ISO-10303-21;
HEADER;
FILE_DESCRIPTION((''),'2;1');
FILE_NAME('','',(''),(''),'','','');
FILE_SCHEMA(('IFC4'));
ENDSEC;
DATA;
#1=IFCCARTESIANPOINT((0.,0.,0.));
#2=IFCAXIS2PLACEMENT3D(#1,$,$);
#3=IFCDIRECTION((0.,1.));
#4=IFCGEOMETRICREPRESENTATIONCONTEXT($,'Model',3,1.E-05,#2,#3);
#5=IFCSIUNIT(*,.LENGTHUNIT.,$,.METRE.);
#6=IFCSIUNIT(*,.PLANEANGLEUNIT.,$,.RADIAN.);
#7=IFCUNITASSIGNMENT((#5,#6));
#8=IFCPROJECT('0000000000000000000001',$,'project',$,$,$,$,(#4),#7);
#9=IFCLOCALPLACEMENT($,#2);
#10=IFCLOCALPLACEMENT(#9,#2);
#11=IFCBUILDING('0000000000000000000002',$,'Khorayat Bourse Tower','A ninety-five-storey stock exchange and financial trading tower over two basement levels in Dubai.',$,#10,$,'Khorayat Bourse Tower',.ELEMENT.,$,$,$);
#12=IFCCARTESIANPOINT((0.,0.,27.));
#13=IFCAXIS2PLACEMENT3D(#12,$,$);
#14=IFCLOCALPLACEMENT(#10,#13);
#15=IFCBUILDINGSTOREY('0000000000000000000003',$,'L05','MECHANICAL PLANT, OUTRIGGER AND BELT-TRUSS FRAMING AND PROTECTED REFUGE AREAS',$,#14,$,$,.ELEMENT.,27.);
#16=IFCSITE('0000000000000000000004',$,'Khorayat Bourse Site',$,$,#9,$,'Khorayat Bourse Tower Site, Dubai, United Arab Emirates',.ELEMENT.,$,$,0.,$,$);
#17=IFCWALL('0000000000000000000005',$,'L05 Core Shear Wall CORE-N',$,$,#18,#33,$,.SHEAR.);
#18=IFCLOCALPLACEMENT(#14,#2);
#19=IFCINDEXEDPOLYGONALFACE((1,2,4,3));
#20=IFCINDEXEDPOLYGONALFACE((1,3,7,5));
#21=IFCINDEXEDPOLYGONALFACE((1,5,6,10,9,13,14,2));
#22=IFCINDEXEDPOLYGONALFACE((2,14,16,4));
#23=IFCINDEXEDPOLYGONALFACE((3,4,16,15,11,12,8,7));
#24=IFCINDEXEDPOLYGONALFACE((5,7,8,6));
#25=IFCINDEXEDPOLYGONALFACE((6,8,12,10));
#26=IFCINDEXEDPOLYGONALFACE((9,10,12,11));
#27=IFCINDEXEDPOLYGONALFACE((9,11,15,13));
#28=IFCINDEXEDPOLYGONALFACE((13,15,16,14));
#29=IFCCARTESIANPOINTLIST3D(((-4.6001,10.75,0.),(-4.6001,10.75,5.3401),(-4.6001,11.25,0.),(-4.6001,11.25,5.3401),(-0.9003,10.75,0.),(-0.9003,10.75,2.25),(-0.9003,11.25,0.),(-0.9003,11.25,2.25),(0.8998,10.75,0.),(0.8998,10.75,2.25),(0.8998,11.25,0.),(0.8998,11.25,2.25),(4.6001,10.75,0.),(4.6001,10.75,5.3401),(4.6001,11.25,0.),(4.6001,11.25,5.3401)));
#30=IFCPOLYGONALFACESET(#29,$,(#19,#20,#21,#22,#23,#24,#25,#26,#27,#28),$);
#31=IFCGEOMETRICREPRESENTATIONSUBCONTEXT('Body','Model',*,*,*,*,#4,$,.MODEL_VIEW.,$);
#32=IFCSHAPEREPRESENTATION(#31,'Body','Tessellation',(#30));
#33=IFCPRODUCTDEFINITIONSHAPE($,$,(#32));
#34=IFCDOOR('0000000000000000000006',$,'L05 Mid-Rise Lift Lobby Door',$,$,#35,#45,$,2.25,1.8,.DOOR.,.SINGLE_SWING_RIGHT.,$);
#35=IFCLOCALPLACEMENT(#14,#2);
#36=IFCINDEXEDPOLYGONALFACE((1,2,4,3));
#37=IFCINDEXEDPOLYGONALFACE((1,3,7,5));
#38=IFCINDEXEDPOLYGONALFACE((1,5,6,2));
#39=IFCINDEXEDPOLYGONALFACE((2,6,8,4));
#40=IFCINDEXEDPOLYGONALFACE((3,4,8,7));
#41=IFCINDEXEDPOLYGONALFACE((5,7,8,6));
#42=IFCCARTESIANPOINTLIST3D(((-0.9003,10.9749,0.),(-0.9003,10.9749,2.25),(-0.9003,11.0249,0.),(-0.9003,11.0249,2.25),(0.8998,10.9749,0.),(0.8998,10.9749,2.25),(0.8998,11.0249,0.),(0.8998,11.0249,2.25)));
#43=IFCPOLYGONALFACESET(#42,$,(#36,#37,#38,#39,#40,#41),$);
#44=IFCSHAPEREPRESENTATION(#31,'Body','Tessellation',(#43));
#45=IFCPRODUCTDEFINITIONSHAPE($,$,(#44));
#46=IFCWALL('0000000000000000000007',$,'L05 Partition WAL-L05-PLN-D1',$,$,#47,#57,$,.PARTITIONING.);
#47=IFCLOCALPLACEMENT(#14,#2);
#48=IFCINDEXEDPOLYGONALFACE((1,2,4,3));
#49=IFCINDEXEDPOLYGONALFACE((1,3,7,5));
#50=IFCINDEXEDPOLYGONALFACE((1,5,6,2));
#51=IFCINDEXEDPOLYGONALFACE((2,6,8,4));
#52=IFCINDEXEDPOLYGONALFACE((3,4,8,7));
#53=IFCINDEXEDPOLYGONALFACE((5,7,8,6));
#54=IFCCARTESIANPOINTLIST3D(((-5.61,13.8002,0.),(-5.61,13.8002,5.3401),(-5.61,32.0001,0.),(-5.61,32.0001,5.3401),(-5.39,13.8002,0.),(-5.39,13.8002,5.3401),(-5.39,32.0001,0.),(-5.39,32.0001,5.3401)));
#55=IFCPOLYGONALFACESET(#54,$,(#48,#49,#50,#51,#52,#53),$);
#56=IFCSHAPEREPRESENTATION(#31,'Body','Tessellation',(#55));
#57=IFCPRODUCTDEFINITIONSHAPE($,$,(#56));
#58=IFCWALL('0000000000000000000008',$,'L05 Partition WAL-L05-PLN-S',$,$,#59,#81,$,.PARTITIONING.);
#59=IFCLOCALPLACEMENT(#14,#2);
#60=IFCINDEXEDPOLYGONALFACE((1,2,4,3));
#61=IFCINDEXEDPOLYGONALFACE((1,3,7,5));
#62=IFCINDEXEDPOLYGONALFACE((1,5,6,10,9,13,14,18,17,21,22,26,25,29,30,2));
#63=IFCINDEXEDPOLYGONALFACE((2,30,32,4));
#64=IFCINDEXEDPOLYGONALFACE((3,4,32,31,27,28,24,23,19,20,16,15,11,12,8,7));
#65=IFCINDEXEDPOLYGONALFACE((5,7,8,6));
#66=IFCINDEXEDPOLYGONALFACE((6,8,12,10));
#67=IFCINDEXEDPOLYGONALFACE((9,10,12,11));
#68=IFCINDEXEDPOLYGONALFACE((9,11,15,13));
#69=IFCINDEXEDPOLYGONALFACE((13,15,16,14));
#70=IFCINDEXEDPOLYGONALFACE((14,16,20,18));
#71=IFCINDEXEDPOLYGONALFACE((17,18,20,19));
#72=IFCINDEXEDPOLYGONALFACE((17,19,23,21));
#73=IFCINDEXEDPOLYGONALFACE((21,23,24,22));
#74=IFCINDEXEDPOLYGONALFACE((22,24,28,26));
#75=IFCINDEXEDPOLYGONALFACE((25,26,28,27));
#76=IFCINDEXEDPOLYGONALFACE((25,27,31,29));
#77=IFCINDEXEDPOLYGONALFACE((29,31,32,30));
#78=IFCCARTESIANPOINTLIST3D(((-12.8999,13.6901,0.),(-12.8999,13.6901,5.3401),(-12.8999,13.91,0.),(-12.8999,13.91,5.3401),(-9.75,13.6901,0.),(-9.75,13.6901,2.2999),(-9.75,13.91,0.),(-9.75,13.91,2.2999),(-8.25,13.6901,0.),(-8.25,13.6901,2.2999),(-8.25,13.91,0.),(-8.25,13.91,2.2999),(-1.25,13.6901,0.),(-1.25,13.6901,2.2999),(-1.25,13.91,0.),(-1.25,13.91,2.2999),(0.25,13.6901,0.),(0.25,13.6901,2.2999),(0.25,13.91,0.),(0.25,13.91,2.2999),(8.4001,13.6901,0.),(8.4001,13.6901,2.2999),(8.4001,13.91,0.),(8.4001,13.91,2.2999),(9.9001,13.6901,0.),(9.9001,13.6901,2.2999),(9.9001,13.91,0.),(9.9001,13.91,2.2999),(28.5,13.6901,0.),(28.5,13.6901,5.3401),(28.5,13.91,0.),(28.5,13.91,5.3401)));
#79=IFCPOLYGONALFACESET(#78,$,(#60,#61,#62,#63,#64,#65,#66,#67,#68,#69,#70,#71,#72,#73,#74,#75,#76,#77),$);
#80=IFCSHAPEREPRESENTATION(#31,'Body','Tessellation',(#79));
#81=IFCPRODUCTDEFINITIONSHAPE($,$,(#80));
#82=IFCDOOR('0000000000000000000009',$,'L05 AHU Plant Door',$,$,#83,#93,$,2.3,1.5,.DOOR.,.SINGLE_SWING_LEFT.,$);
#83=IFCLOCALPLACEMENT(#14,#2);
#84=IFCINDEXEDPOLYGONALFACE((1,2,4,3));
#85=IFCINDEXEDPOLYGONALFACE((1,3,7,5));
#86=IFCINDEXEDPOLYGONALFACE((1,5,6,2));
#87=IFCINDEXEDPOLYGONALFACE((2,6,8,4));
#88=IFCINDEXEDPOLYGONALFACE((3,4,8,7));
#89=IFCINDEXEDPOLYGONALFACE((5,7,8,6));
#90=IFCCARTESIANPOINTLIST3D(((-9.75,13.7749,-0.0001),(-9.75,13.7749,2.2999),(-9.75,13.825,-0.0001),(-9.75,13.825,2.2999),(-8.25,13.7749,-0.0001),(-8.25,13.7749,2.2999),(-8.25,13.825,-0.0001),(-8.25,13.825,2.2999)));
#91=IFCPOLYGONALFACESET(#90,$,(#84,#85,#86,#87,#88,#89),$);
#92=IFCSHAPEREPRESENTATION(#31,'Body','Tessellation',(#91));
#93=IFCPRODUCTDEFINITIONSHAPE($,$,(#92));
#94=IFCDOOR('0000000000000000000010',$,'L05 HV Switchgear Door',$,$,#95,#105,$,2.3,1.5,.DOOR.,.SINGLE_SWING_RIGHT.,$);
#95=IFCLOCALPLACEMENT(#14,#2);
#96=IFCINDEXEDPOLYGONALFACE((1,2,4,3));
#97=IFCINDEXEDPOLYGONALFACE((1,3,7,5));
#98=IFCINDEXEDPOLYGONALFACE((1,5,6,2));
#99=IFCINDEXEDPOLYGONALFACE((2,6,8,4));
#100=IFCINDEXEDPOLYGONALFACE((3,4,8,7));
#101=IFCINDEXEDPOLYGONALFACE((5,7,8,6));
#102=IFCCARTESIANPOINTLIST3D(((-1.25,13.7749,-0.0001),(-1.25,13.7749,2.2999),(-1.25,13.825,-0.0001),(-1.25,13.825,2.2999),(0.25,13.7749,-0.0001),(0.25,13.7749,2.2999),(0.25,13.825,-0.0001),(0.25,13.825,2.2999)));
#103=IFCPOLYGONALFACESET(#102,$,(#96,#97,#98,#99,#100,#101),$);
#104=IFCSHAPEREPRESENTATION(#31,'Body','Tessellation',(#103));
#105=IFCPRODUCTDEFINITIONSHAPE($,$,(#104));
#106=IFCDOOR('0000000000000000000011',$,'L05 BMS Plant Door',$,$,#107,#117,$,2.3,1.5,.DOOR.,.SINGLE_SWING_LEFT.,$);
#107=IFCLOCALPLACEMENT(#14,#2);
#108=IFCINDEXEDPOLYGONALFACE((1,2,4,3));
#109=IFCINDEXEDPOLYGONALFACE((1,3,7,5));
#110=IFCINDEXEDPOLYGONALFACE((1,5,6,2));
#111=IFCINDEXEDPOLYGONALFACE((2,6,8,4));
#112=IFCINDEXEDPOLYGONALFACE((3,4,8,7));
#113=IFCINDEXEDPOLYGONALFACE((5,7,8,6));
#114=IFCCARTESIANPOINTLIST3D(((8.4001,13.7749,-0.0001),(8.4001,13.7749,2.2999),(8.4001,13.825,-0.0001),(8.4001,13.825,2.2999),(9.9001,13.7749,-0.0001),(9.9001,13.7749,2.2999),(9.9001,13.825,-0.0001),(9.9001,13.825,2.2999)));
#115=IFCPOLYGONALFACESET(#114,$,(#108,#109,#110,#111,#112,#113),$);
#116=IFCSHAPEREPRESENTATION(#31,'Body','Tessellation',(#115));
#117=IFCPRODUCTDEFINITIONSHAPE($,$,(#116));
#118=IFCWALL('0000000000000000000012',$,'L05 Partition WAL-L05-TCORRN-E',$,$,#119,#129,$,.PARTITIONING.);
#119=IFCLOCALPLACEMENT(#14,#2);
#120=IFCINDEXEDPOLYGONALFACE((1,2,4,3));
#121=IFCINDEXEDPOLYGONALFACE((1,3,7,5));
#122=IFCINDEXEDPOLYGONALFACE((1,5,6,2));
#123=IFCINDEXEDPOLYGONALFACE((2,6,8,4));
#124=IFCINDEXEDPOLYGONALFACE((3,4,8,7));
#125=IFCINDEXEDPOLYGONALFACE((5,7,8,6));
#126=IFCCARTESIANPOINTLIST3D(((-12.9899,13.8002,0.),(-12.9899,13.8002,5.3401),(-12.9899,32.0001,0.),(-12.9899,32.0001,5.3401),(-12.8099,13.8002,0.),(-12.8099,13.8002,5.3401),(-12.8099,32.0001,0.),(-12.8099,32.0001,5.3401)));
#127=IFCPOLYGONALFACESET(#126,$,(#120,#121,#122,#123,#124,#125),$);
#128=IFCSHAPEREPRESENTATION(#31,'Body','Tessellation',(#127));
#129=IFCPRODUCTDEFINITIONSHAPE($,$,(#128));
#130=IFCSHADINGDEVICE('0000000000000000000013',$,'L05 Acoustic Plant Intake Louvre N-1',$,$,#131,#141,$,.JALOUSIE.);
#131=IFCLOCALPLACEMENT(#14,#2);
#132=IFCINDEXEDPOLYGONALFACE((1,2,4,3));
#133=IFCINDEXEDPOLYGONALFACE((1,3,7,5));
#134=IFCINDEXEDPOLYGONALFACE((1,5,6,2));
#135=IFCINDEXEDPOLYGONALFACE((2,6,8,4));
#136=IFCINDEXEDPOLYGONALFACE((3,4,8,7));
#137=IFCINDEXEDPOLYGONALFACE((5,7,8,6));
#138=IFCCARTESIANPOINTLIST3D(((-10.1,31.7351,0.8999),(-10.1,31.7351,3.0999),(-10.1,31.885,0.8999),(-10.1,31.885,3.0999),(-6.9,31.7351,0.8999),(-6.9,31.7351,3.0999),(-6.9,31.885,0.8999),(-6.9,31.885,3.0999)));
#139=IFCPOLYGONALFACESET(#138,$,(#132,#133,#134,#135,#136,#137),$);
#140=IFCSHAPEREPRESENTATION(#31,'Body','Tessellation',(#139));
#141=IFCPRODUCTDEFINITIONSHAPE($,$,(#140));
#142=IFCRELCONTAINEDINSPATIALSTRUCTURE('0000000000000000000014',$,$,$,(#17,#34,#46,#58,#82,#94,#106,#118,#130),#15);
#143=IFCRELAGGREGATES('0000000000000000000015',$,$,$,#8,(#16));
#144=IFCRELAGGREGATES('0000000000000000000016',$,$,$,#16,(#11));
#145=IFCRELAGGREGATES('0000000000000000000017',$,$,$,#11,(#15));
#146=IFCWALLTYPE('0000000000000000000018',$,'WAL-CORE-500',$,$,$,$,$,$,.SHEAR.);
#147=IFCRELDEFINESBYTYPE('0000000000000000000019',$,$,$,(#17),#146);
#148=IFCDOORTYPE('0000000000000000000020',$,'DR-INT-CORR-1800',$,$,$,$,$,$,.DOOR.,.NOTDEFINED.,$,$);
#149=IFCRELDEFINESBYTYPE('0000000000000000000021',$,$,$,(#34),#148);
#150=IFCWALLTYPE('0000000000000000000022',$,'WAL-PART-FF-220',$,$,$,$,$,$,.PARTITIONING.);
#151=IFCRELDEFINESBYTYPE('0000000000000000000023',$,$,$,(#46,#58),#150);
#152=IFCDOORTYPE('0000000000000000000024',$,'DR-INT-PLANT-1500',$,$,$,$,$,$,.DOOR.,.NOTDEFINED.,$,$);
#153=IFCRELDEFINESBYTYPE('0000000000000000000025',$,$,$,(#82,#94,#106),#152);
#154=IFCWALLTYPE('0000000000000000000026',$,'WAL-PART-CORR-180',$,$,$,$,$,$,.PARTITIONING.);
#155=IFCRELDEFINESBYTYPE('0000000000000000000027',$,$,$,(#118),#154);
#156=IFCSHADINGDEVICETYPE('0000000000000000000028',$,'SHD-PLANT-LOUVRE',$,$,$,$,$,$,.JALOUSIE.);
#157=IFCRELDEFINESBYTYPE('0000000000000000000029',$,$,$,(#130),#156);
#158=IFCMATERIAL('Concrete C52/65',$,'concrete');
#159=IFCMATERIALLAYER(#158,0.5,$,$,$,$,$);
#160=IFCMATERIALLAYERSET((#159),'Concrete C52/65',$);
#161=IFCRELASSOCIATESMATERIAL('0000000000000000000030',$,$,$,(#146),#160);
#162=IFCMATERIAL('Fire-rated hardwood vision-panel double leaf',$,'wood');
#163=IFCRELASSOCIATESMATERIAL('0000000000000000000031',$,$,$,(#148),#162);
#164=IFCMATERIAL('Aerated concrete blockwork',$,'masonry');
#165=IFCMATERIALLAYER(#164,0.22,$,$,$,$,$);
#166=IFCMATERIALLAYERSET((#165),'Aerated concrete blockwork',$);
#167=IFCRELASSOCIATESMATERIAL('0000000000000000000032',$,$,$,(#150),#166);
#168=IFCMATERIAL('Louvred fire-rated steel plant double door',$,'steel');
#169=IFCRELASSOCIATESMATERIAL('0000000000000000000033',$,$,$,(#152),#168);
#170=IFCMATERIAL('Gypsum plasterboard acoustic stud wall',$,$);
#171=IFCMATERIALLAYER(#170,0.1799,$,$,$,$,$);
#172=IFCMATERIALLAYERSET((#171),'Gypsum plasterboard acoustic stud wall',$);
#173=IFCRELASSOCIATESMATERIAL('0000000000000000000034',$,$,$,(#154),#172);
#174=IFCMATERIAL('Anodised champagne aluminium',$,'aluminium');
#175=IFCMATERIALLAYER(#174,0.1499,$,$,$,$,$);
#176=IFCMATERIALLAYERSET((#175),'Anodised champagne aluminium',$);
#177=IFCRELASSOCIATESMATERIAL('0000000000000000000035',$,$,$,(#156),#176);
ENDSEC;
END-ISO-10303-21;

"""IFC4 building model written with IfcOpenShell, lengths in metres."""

from ifc_helpers import new_model, si_unit, direction, frame, frame_2d, origin, origin_2d, place, context, subcontext, project, spatial, rectangle, extrude, source, transform, mapped, material, layer, layer_set, type_object, element, fill, save


model = new_model("IFC4")

# Units and contexts
model_context = context("Model", 3, precision=1e-05, world=origin(), true_north=direction((0.0, 1.0)))
body_context = subcontext(model_context, "Body", "Model", "MODEL_VIEW")
ifc_project = project(units=[si_unit("LENGTHUNIT", "METRE"), si_unit("PLANEANGLEUNIT", "RADIAN")], contexts=[model_context])

# Site, building, storey
site_placement = place(None, origin())
site = spatial("IfcSite", under=ifc_project, at=site_placement, Name="Khorayat Bourse Site", LongName="Khorayat Bourse Tower Site, Dubai, United Arab Emirates", CompositionType="ELEMENT", RefElevation=0.0)
building_placement = place(site_placement, origin())
building = spatial("IfcBuilding", under=site, at=building_placement, Name="Khorayat Bourse Tower", Description="A ninety-five-storey stock exchange and financial trading tower over two basement levels in Dubai.", LongName="Khorayat Bourse Tower", CompositionType="ELEMENT")
storey_placement = place(building_placement, frame((0.0, 0.0, 27.0)))
storey = spatial("IfcBuildingStorey", under=building, at=storey_placement, Name="L05", Description="MECHANICAL PLANT, OUTRIGGER AND BELT-TRUSS FRAMING AND PROTECTED REFUGE AREAS", CompositionType="ELEMENT", Elevation=27.0)

# Wall, opening, door
ifc_material_1 = material(Name="Concrete C52/65", Category="concrete")
ifc_layer_1 = layer(ifc_material_1, 0.5)
ifc_layer_set_1 = layer_set([ifc_layer_1], Name="Concrete C52/65")
wall_type_1 = type_object("IfcWallType", Name="WAL-CORE-500", PredefinedType="SHEAR", material=ifc_layer_set_1)
shared_shape_1 = source(origin(), body_context, "Body", "SweptSolid", [
    extrude(rectangle(XDim=9.2002, YDim=0.5, at=frame_2d((4.6001, 0.0))), origin(), (0.0, 0.0, 1.0), 5.3401),
])
wall_1_placement = place(storey_placement, frame((-4.6001, 11.0, 0.0), z_axis=(0.0, 0.0, 1.0), x_axis=(1.0, 0.0, 0.0)))
wall_1 = element("IfcWall", 1, at=wall_1_placement, inside=storey, type_object=wall_type_1, Name="L05 Core Shear Wall CORE-N", PredefinedType="SHEAR", context=body_context, shape_type="MappedRepresentation", body=[
    mapped(shared_shape_1, transform((0.0, 0.0, 0.0), scale=1.0)),
])
shared_shape_2 = source(origin(), body_context, "Body", "SweptSolid", [
    extrude(rectangle(XDim=1.8, YDim=2.25, at=frame_2d((0.8999, 1.125))), frame((0.0, 0.26, 0.0), z_axis=(0.0, -1.0, 0.0), x_axis=(1.0, 0.0, 0.0)), (0.0, 0.0, 1.0), 0.52),
])
opening_1_placement = place(wall_1_placement, frame((3.7, 0.0, 0.0)))
opening_1 = element("IfcOpeningElement", 2, at=opening_1_placement, cuts=wall_1, PredefinedType="OPENING", context=body_context, shape_type="MappedRepresentation", body=[
    mapped(shared_shape_2, transform((0.0, 0.0, 0.0), scale=1.0)),
])
ifc_material_2 = material(Name="Fire-rated hardwood vision-panel double leaf", Category="wood")
door_type_1 = type_object("IfcDoorType", Name="DR-INT-CORR-1800", OperationType="NOTDEFINED", PredefinedType="DOOR", material=ifc_material_2)
shared_shape_3 = source(origin(), body_context, "Body", "SweptSolid", [
    extrude(rectangle(XDim=1.8, YDim=2.25, at=frame_2d((0.8999, 1.125))), frame((0.0, 0.0249, 0.0), z_axis=(0.0, -1.0, 0.0), x_axis=(1.0, 0.0, 0.0)), (0.0, 0.0, 1.0), 0.05),
])
door_1_placement = place(opening_1_placement, origin())
door_1 = element("IfcDoor", 3, at=door_1_placement, inside=storey, type_object=door_type_1, Name="L05 Mid-Rise Lift Lobby Door", OperationType="SINGLE_SWING_RIGHT", OverallHeight=2.25, OverallWidth=1.8, PredefinedType="DOOR", context=body_context, shape_type="MappedRepresentation", body=[
    mapped(shared_shape_3, transform((0.0, 0.0, 0.0), scale=1.0)),
])
fill(opening_1, door_1)

# Wall
ifc_material_3 = material(Name="Aerated concrete blockwork", Category="masonry")
ifc_layer_2 = layer(ifc_material_3, 0.22)
ifc_layer_set_2 = layer_set([ifc_layer_2], Name="Aerated concrete blockwork")
wall_type_2 = type_object("IfcWallType", Name="WAL-PART-FF-220", PredefinedType="PARTITIONING", material=ifc_layer_set_2)
shared_shape_4 = source(origin(), body_context, "Body", "SweptSolid", [
    extrude(rectangle(XDim=18.2, YDim=0.22, at=frame_2d((9.1001, 0.0))), origin(), (0.0, 0.0, 1.0), 5.3401),
])
wall_2_placement = place(storey_placement, frame((-5.5, 13.8, 0.0), z_axis=(0.0, 0.0, 1.0), x_axis=(0.0, 1.0, 0.0)))
element("IfcWall", 4, at=wall_2_placement, inside=storey, type_object=wall_type_2, Name="L05 Partition WAL-L05-PLN-D1", PredefinedType="PARTITIONING", context=body_context, shape_type="MappedRepresentation", body=[
    mapped(shared_shape_4, transform((0.0, 0.0, 0.0), scale=1.0)),
])

# Wall, openings, doors
shared_shape_5 = source(origin(), body_context, "Body", "SweptSolid", [
    extrude(rectangle(XDim=41.3999, YDim=0.22, at=frame_2d((20.7, 0.0))), origin(), (0.0, 0.0, 1.0), 5.3401),
])
wall_3_placement = place(storey_placement, frame((-12.8999, 13.8, 0.0), z_axis=(0.0, 0.0, 1.0), x_axis=(1.0, 0.0, 0.0)))
wall_3 = element("IfcWall", 5, at=wall_3_placement, inside=storey, type_object=wall_type_2, Name="L05 Partition WAL-L05-PLN-S", PredefinedType="PARTITIONING", context=body_context, shape_type="MappedRepresentation", body=[
    mapped(shared_shape_5, transform((0.0, 0.0, 0.0), scale=1.0)),
])
shared_shape_6 = source(origin(), body_context, "Body", "SweptSolid", [
    extrude(rectangle(XDim=1.5, YDim=2.3, at=frame_2d((0.75, 1.1499))), frame((0.0, 0.1199, 0.0), z_axis=(0.0, -1.0, 0.0), x_axis=(1.0, 0.0, 0.0)), (0.0, 0.0, 1.0), 0.24),
])
opening_2_placement = place(wall_3_placement, frame((3.1499, 0.0, 0.0)))
opening_2 = element("IfcOpeningElement", 6, at=opening_2_placement, cuts=wall_3, PredefinedType="OPENING", context=body_context, shape_type="MappedRepresentation", body=[
    mapped(shared_shape_6, transform((0.0, 0.0, 0.0), scale=1.0)),
])
opening_3_placement = place(wall_3_placement, frame((11.6499, 0.0, 0.0)))
opening_3 = element("IfcOpeningElement", 7, at=opening_3_placement, cuts=wall_3, PredefinedType="OPENING", context=body_context, shape_type="MappedRepresentation", body=[
    mapped(shared_shape_6, transform((0.0, 0.0, 0.0), scale=1.0)),
])
opening_4_placement = place(wall_3_placement, frame((21.3, 0.0, 0.0)))
opening_4 = element("IfcOpeningElement", 8, at=opening_4_placement, cuts=wall_3, PredefinedType="OPENING", context=body_context, shape_type="MappedRepresentation", body=[
    mapped(shared_shape_6, transform((0.0, 0.0, 0.0), scale=1.0)),
])
ifc_material_4 = material(Name="Louvred fire-rated steel plant double door", Category="steel")
door_type_2 = type_object("IfcDoorType", Name="DR-INT-PLANT-1500", OperationType="NOTDEFINED", PredefinedType="DOOR", material=ifc_material_4)
shared_shape_7 = source(origin(), body_context, "Body", "SweptSolid", [
    extrude(rectangle(XDim=1.5, YDim=2.3, at=frame_2d((0.75, 1.1499))), frame((0.0, 0.0249, 0.0), z_axis=(0.0, -1.0, 0.0), x_axis=(1.0, 0.0, 0.0)), (0.0, 0.0, 1.0), 0.05),
])
door_2_placement = place(opening_2_placement, origin())
door_2 = element("IfcDoor", 9, at=door_2_placement, inside=storey, type_object=door_type_2, Name="L05 AHU Plant Door", OperationType="SINGLE_SWING_LEFT", OverallHeight=2.3, OverallWidth=1.5, PredefinedType="DOOR", context=body_context, shape_type="MappedRepresentation", body=[
    mapped(shared_shape_7, transform((0.0, 0.0, 0.0), scale=1.0)),
])
fill(opening_2, door_2)
door_3_placement = place(opening_3_placement, origin())
door_3 = element("IfcDoor", 10, at=door_3_placement, inside=storey, type_object=door_type_2, Name="L05 HV Switchgear Door", OperationType="SINGLE_SWING_RIGHT", OverallHeight=2.3, OverallWidth=1.5, PredefinedType="DOOR", context=body_context, shape_type="MappedRepresentation", body=[
    mapped(shared_shape_7, transform((0.0, 0.0, 0.0), scale=1.0)),
])
fill(opening_3, door_3)
door_4_placement = place(opening_4_placement, origin())
door_4 = element("IfcDoor", 11, at=door_4_placement, inside=storey, type_object=door_type_2, Name="L05 BMS Plant Door", OperationType="SINGLE_SWING_LEFT", OverallHeight=2.3, OverallWidth=1.5, PredefinedType="DOOR", context=body_context, shape_type="MappedRepresentation", body=[
    mapped(shared_shape_7, transform((0.0, 0.0, 0.0), scale=1.0)),
])
fill(opening_4, door_4)

# Wall
ifc_material_5 = material(Name="Gypsum plasterboard acoustic stud wall")
ifc_layer_3 = layer(ifc_material_5, 0.1799)
ifc_layer_set_3 = layer_set([ifc_layer_3], Name="Gypsum plasterboard acoustic stud wall")
wall_type_3 = type_object("IfcWallType", Name="WAL-PART-CORR-180", PredefinedType="PARTITIONING", material=ifc_layer_set_3)
shared_shape_8 = source(origin(), body_context, "Body", "SweptSolid", [
    extrude(rectangle(XDim=18.2, YDim=0.1799, at=frame_2d((9.1001, 0.0))), origin(), (0.0, 0.0, 1.0), 5.3401),
])
wall_4_placement = place(storey_placement, frame((-12.8999, 13.8, 0.0), z_axis=(0.0, 0.0, 1.0), x_axis=(0.0, 1.0, 0.0)))
element("IfcWall", 12, at=wall_4_placement, inside=storey, type_object=wall_type_3, Name="L05 Partition WAL-L05-TCORRN-E", PredefinedType="PARTITIONING", context=body_context, shape_type="MappedRepresentation", body=[
    mapped(shared_shape_8, transform((0.0, 0.0, 0.0), scale=1.0)),
])

# Shading device
ifc_material_6 = material(Name="Anodised champagne aluminium", Category="aluminium")
ifc_layer_4 = layer(ifc_material_6, 0.1499)
ifc_layer_set_4 = layer_set([ifc_layer_4], Name="Anodised champagne aluminium")
shading_device_type = type_object("IfcShadingDeviceType", Name="SHD-PLANT-LOUVRE", PredefinedType="JALOUSIE", material=ifc_layer_set_4)
shared_shape_9 = source(origin(), body_context, "Body", "SweptSolid", [
    extrude(rectangle(XDim=3.2, YDim=0.1499, at=origin_2d()), origin(), (0.0, 0.0, 1.0), 2.2),
])
shading_device_placement = place(storey_placement, frame((-8.5, 31.8101, 0.8999), z_axis=(0.0, 0.0, 1.0), x_axis=(1.0, 0.0, 0.0)))
element("IfcShadingDevice", 13, at=shading_device_placement, inside=storey, type_object=shading_device_type, Name="L05 Acoustic Plant Intake Louvre N-1", PredefinedType="JALOUSIE", context=body_context, shape_type="MappedRepresentation", body=[
    mapped(shared_shape_9, transform((0.0, 0.0, 0.0), scale=1.0)),
])

save(model, "model.ifc")
